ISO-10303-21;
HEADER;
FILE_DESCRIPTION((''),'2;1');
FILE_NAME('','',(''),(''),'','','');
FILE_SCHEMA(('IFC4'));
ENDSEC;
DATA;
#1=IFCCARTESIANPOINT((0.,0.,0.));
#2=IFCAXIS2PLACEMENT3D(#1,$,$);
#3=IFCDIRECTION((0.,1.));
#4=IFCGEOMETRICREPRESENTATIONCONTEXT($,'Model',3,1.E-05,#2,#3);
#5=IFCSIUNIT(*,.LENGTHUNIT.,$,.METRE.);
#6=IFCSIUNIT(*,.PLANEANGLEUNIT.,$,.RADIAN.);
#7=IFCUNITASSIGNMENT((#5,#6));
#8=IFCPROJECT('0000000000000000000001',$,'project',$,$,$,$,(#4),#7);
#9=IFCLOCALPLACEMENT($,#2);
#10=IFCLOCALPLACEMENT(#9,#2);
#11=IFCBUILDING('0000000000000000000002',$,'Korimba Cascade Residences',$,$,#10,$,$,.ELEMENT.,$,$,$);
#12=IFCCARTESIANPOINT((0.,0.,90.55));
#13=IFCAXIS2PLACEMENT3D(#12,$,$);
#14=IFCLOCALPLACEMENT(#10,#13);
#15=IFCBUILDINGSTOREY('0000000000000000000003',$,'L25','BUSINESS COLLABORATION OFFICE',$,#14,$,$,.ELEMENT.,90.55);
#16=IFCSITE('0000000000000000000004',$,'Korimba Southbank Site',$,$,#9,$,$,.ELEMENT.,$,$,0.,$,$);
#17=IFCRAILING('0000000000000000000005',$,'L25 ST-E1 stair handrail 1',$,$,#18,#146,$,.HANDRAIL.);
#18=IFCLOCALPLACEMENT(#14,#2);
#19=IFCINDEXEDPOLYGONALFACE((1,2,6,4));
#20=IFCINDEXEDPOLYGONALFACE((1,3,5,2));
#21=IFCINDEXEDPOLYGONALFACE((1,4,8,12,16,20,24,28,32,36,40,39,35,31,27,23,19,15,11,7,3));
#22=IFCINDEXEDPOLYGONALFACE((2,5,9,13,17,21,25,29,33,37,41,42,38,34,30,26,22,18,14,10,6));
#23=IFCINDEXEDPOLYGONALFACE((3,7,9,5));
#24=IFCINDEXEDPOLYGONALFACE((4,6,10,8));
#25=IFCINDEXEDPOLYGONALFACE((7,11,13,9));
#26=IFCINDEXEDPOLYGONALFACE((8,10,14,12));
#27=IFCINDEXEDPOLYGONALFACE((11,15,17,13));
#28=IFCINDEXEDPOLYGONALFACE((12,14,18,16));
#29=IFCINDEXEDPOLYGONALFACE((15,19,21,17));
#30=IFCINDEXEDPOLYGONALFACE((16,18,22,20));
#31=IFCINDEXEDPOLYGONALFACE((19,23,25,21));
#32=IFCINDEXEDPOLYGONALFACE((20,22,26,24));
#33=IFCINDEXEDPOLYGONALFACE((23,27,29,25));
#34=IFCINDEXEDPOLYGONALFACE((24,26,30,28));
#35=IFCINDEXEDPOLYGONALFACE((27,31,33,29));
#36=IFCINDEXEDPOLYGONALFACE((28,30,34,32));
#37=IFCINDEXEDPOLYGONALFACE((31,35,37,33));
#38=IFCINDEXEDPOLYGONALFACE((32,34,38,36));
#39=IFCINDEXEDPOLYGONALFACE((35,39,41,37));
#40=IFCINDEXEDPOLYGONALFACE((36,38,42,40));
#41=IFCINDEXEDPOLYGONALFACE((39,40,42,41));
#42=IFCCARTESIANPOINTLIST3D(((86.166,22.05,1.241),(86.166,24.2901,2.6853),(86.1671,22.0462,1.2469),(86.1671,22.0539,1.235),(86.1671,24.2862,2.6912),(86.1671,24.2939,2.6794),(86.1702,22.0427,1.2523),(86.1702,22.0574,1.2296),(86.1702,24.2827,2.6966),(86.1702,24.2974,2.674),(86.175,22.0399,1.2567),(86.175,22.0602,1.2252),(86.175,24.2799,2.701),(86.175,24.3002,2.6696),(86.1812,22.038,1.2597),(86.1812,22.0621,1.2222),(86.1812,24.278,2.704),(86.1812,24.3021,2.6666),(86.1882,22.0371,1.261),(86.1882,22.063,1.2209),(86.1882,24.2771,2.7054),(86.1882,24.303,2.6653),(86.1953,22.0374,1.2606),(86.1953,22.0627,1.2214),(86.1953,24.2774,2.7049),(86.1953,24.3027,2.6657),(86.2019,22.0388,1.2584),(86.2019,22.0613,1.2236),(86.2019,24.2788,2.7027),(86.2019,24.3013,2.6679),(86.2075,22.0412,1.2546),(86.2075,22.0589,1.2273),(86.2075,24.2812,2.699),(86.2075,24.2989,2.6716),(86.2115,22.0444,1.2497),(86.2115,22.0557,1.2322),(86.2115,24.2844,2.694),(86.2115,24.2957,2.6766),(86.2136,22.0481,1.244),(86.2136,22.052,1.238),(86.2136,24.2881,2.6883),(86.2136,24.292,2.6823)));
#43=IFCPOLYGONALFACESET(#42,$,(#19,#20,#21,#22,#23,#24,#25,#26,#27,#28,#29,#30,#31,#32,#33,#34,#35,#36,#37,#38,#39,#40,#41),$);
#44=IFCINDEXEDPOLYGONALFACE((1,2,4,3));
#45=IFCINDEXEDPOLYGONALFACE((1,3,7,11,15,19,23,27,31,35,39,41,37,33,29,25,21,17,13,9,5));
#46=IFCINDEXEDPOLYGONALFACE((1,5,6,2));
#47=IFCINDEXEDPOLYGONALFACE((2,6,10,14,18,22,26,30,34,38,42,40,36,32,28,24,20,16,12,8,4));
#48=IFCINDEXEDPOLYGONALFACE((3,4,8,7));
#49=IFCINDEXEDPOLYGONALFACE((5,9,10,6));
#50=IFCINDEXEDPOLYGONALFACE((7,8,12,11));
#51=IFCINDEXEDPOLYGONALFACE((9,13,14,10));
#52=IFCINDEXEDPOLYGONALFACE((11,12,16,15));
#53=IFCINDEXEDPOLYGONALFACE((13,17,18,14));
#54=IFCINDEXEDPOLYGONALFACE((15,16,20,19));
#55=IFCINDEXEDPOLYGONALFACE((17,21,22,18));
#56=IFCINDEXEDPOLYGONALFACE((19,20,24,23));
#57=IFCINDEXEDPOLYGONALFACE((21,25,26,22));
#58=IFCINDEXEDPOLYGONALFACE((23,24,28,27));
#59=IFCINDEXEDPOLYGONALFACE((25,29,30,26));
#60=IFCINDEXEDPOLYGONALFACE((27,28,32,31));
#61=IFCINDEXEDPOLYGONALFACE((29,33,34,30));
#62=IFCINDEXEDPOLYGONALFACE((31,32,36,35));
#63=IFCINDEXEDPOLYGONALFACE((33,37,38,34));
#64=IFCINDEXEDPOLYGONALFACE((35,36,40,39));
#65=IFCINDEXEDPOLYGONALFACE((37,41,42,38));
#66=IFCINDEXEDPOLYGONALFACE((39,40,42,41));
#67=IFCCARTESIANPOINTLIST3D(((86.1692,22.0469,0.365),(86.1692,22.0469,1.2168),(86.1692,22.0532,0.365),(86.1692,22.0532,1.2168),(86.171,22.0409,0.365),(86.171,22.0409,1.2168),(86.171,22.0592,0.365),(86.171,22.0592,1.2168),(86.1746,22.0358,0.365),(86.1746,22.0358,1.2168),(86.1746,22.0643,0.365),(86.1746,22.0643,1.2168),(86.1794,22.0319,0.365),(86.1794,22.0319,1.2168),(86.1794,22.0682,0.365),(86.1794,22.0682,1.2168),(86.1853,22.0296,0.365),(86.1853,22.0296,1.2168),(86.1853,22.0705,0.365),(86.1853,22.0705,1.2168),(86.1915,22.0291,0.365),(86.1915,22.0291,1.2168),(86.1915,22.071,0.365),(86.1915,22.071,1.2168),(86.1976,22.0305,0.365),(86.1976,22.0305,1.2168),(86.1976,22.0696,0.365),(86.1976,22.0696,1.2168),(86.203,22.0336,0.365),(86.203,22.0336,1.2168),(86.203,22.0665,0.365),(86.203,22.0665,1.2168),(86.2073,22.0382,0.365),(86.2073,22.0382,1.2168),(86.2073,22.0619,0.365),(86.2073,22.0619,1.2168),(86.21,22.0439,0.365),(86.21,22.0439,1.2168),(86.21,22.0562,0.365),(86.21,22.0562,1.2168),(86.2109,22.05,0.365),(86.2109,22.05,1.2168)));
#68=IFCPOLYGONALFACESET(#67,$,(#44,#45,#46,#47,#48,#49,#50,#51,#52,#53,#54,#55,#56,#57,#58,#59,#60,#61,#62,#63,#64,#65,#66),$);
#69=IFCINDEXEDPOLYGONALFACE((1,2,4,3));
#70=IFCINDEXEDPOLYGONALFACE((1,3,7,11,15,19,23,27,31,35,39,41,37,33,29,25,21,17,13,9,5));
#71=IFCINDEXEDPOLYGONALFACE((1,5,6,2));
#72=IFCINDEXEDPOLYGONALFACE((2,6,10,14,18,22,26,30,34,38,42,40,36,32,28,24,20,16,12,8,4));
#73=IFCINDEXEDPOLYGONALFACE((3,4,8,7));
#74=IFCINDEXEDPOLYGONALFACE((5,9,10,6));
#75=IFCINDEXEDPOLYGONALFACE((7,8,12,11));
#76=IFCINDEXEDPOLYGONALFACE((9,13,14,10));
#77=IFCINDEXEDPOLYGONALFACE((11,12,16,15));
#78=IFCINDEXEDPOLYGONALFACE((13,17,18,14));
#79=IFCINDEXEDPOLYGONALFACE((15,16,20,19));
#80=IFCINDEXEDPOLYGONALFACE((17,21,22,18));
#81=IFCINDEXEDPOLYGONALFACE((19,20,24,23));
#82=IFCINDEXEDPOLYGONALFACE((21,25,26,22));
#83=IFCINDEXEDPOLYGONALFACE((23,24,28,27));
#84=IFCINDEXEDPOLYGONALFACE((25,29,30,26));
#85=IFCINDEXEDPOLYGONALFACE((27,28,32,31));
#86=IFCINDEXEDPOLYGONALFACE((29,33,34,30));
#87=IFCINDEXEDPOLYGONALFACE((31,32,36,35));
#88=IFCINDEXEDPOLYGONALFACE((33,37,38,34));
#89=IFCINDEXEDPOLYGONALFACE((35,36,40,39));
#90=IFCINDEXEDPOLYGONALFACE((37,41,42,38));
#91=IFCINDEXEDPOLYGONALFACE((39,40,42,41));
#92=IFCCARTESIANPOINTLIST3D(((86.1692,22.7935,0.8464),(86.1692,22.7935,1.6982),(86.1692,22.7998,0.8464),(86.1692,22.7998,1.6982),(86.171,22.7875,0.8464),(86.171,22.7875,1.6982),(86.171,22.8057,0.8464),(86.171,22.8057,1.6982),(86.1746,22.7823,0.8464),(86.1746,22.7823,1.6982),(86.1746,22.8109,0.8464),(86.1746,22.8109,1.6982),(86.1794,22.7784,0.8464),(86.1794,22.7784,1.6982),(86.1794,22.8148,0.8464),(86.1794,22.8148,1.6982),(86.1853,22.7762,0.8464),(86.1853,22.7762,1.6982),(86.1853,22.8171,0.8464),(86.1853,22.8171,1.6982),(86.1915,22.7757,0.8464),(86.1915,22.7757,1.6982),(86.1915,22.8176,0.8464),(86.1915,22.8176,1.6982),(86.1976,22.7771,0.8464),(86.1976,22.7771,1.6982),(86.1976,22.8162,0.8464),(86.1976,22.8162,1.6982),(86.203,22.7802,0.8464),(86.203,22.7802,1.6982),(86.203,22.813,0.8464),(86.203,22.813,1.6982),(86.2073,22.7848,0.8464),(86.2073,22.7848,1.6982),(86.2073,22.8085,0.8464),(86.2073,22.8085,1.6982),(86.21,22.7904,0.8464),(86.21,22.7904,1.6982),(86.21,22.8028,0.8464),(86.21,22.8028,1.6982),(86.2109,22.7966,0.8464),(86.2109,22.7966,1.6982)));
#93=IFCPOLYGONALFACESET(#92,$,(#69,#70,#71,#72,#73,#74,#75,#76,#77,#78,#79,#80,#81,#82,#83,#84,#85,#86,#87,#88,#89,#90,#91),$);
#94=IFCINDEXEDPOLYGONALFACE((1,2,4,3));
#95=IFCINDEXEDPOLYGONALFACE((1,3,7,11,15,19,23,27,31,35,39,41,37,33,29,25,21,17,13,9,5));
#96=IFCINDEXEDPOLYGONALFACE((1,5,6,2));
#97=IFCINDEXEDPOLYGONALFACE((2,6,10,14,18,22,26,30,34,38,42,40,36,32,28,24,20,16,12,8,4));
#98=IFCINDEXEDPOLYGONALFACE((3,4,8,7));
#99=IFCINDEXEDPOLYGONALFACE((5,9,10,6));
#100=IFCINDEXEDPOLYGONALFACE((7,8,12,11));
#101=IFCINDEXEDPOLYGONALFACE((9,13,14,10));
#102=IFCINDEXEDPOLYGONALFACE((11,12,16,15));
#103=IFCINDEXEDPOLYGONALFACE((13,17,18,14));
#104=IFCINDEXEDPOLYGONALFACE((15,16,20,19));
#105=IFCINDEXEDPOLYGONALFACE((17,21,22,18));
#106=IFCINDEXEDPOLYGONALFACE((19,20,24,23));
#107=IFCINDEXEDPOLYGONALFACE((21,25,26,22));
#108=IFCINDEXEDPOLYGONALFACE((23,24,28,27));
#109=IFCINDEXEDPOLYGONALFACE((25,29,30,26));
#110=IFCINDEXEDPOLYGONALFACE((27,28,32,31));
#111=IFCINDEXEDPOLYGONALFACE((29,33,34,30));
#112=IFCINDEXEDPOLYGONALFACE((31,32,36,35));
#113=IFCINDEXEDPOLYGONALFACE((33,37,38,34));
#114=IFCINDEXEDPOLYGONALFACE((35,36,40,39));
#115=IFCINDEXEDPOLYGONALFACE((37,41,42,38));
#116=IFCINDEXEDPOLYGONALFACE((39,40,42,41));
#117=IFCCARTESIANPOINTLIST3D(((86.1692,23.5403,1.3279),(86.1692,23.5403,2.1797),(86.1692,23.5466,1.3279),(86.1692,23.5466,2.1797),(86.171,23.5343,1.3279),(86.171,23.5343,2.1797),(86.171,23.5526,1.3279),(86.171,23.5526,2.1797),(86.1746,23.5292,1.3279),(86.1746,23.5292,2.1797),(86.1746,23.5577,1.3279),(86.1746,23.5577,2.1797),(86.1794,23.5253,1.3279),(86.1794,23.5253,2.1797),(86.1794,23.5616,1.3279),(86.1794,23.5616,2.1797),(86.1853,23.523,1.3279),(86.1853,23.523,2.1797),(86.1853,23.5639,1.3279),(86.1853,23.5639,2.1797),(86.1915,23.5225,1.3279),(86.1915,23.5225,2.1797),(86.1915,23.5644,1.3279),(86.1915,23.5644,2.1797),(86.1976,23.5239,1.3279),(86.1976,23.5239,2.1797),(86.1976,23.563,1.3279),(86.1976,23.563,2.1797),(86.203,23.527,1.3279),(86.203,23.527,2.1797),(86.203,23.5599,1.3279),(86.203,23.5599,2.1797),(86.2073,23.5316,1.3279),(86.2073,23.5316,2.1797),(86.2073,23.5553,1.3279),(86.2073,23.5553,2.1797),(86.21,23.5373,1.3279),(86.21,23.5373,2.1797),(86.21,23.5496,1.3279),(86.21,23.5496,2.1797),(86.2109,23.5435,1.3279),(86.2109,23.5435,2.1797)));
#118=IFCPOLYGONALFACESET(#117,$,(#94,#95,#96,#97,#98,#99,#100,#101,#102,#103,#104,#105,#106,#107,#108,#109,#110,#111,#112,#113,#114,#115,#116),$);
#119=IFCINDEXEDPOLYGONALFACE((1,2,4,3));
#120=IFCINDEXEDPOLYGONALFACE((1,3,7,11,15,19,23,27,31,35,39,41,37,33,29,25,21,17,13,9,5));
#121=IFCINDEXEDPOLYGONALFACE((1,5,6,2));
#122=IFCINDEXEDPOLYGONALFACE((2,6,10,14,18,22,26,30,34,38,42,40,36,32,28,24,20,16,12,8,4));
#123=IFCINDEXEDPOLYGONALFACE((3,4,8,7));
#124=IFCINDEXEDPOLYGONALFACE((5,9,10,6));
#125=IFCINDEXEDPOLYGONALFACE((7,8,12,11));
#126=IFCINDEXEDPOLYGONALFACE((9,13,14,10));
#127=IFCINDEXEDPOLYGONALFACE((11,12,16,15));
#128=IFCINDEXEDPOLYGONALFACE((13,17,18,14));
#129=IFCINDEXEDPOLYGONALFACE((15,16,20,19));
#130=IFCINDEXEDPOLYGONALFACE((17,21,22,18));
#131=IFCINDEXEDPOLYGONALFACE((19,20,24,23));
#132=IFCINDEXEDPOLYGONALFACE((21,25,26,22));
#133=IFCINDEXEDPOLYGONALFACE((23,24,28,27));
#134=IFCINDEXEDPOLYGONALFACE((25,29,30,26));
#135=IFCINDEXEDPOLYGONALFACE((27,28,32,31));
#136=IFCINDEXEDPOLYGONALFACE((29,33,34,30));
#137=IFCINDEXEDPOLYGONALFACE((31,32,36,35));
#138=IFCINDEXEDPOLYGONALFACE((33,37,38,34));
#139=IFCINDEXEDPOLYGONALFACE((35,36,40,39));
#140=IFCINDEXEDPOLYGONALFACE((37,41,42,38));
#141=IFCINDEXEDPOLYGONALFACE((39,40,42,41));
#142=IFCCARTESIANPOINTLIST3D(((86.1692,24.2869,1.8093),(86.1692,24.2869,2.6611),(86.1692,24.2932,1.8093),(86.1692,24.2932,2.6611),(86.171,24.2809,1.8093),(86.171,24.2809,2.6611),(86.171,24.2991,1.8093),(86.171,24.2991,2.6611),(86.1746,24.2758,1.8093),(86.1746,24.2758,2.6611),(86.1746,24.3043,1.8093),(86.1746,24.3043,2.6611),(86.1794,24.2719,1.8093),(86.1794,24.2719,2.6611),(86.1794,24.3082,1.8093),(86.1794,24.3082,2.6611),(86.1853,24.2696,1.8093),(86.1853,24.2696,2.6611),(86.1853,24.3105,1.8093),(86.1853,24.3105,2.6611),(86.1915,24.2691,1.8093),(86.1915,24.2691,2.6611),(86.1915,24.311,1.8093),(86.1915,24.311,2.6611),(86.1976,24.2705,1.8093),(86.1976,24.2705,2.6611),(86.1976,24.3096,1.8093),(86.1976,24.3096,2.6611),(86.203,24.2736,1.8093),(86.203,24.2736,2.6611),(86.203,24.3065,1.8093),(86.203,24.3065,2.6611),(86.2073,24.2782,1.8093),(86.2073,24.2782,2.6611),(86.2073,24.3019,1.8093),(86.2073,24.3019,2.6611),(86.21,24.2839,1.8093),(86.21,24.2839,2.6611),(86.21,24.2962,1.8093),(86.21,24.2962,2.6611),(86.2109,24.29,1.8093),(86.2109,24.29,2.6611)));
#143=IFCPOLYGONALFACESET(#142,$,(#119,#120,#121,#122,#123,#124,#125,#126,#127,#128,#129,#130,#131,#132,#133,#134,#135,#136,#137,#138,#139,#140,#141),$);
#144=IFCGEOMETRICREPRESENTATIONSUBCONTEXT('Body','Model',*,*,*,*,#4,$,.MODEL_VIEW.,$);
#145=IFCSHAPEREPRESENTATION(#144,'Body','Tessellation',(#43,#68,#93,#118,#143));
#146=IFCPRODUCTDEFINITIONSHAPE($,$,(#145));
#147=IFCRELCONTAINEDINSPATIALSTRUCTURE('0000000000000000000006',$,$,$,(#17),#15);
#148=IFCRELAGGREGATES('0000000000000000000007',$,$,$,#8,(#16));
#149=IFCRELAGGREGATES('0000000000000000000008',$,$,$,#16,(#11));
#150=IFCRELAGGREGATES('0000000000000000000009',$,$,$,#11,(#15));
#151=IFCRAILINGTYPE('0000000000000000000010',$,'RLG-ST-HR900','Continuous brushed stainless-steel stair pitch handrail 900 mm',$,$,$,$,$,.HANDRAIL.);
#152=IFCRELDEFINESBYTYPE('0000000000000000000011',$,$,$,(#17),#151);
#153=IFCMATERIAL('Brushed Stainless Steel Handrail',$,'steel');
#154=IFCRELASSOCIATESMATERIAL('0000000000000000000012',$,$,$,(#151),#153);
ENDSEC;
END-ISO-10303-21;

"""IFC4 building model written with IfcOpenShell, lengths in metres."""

from ifc_helpers import new_model, si_unit, direction, frame, origin, origin_2d, place, context, subcontext, project, spatial, circle, extrude, material, type_object, element, save


model = new_model("IFC4")

# Units and contexts
model_context = context("Model", 3, precision=1e-05, world=origin(), true_north=direction((0.0, 1.0)))
body_context = subcontext(model_context, "Body", "Model", "MODEL_VIEW")
ifc_project = project(units=[si_unit("LENGTHUNIT", "METRE"), si_unit("PLANEANGLEUNIT", "RADIAN")], contexts=[model_context])

# Site, building, storey
site_placement = place(None, origin())
site = spatial("IfcSite", under=ifc_project, at=site_placement, Name="Korimba Southbank Site", CompositionType="ELEMENT", RefElevation=0.0)
building_placement = place(site_placement, origin())
building = spatial("IfcBuilding", under=site, at=building_placement, Name="Korimba Cascade Residences", CompositionType="ELEMENT")
storey_placement = place(building_placement, frame((0.0, 0.0, 90.55)))
storey = spatial("IfcBuildingStorey", under=building, at=storey_placement, Name="L25", Description="BUSINESS COLLABORATION OFFICE", CompositionType="ELEMENT", Elevation=90.55)

# Railing
ifc_material_1 = material(Name="Brushed Stainless Steel Handrail", Category="steel")
railing_type = type_object("IfcRailingType", Name="RLG-ST-HR900", Description="Continuous brushed stainless-steel stair pitch handrail 900 mm", PredefinedType="HANDRAIL", material=ifc_material_1)
railing_placement = place(storey_placement, frame((86.1899, 22.05, 0.365)))
element("IfcRailing", 1, at=railing_placement, inside=storey, type_object=railing_type, Name="L25 ST-E1 stair handrail 1", PredefinedType="HANDRAIL", context=body_context, shape_type="SweptSolid", body=[
    extrude(circle(Radius=0.0239, at=origin_2d()), frame((0.0, 0.0, 0.876), z_axis=(0.0, 0.840437, 0.54191), x_axis=(-1.0, 0.0, 0.0)), (0.0, 0.0, 1.0), 2.6653),
    extrude(circle(Radius=0.021, at=origin_2d()), origin(), (0.0, 0.0, 1.0), 0.8518),
    extrude(circle(Radius=0.021, at=origin_2d()), frame((0.0, 0.7466, 0.4814)), (0.0, 0.0, 1.0), 0.8518),
    extrude(circle(Radius=0.021, at=origin_2d()), frame((0.0, 1.4934, 0.9629)), (0.0, 0.0, 1.0), 0.8518),
    extrude(circle(Radius=0.021, at=origin_2d()), frame((0.0, 2.24, 1.4443)), (0.0, 0.0, 1.0), 0.8518),
])

save(model, "model.ifc")
